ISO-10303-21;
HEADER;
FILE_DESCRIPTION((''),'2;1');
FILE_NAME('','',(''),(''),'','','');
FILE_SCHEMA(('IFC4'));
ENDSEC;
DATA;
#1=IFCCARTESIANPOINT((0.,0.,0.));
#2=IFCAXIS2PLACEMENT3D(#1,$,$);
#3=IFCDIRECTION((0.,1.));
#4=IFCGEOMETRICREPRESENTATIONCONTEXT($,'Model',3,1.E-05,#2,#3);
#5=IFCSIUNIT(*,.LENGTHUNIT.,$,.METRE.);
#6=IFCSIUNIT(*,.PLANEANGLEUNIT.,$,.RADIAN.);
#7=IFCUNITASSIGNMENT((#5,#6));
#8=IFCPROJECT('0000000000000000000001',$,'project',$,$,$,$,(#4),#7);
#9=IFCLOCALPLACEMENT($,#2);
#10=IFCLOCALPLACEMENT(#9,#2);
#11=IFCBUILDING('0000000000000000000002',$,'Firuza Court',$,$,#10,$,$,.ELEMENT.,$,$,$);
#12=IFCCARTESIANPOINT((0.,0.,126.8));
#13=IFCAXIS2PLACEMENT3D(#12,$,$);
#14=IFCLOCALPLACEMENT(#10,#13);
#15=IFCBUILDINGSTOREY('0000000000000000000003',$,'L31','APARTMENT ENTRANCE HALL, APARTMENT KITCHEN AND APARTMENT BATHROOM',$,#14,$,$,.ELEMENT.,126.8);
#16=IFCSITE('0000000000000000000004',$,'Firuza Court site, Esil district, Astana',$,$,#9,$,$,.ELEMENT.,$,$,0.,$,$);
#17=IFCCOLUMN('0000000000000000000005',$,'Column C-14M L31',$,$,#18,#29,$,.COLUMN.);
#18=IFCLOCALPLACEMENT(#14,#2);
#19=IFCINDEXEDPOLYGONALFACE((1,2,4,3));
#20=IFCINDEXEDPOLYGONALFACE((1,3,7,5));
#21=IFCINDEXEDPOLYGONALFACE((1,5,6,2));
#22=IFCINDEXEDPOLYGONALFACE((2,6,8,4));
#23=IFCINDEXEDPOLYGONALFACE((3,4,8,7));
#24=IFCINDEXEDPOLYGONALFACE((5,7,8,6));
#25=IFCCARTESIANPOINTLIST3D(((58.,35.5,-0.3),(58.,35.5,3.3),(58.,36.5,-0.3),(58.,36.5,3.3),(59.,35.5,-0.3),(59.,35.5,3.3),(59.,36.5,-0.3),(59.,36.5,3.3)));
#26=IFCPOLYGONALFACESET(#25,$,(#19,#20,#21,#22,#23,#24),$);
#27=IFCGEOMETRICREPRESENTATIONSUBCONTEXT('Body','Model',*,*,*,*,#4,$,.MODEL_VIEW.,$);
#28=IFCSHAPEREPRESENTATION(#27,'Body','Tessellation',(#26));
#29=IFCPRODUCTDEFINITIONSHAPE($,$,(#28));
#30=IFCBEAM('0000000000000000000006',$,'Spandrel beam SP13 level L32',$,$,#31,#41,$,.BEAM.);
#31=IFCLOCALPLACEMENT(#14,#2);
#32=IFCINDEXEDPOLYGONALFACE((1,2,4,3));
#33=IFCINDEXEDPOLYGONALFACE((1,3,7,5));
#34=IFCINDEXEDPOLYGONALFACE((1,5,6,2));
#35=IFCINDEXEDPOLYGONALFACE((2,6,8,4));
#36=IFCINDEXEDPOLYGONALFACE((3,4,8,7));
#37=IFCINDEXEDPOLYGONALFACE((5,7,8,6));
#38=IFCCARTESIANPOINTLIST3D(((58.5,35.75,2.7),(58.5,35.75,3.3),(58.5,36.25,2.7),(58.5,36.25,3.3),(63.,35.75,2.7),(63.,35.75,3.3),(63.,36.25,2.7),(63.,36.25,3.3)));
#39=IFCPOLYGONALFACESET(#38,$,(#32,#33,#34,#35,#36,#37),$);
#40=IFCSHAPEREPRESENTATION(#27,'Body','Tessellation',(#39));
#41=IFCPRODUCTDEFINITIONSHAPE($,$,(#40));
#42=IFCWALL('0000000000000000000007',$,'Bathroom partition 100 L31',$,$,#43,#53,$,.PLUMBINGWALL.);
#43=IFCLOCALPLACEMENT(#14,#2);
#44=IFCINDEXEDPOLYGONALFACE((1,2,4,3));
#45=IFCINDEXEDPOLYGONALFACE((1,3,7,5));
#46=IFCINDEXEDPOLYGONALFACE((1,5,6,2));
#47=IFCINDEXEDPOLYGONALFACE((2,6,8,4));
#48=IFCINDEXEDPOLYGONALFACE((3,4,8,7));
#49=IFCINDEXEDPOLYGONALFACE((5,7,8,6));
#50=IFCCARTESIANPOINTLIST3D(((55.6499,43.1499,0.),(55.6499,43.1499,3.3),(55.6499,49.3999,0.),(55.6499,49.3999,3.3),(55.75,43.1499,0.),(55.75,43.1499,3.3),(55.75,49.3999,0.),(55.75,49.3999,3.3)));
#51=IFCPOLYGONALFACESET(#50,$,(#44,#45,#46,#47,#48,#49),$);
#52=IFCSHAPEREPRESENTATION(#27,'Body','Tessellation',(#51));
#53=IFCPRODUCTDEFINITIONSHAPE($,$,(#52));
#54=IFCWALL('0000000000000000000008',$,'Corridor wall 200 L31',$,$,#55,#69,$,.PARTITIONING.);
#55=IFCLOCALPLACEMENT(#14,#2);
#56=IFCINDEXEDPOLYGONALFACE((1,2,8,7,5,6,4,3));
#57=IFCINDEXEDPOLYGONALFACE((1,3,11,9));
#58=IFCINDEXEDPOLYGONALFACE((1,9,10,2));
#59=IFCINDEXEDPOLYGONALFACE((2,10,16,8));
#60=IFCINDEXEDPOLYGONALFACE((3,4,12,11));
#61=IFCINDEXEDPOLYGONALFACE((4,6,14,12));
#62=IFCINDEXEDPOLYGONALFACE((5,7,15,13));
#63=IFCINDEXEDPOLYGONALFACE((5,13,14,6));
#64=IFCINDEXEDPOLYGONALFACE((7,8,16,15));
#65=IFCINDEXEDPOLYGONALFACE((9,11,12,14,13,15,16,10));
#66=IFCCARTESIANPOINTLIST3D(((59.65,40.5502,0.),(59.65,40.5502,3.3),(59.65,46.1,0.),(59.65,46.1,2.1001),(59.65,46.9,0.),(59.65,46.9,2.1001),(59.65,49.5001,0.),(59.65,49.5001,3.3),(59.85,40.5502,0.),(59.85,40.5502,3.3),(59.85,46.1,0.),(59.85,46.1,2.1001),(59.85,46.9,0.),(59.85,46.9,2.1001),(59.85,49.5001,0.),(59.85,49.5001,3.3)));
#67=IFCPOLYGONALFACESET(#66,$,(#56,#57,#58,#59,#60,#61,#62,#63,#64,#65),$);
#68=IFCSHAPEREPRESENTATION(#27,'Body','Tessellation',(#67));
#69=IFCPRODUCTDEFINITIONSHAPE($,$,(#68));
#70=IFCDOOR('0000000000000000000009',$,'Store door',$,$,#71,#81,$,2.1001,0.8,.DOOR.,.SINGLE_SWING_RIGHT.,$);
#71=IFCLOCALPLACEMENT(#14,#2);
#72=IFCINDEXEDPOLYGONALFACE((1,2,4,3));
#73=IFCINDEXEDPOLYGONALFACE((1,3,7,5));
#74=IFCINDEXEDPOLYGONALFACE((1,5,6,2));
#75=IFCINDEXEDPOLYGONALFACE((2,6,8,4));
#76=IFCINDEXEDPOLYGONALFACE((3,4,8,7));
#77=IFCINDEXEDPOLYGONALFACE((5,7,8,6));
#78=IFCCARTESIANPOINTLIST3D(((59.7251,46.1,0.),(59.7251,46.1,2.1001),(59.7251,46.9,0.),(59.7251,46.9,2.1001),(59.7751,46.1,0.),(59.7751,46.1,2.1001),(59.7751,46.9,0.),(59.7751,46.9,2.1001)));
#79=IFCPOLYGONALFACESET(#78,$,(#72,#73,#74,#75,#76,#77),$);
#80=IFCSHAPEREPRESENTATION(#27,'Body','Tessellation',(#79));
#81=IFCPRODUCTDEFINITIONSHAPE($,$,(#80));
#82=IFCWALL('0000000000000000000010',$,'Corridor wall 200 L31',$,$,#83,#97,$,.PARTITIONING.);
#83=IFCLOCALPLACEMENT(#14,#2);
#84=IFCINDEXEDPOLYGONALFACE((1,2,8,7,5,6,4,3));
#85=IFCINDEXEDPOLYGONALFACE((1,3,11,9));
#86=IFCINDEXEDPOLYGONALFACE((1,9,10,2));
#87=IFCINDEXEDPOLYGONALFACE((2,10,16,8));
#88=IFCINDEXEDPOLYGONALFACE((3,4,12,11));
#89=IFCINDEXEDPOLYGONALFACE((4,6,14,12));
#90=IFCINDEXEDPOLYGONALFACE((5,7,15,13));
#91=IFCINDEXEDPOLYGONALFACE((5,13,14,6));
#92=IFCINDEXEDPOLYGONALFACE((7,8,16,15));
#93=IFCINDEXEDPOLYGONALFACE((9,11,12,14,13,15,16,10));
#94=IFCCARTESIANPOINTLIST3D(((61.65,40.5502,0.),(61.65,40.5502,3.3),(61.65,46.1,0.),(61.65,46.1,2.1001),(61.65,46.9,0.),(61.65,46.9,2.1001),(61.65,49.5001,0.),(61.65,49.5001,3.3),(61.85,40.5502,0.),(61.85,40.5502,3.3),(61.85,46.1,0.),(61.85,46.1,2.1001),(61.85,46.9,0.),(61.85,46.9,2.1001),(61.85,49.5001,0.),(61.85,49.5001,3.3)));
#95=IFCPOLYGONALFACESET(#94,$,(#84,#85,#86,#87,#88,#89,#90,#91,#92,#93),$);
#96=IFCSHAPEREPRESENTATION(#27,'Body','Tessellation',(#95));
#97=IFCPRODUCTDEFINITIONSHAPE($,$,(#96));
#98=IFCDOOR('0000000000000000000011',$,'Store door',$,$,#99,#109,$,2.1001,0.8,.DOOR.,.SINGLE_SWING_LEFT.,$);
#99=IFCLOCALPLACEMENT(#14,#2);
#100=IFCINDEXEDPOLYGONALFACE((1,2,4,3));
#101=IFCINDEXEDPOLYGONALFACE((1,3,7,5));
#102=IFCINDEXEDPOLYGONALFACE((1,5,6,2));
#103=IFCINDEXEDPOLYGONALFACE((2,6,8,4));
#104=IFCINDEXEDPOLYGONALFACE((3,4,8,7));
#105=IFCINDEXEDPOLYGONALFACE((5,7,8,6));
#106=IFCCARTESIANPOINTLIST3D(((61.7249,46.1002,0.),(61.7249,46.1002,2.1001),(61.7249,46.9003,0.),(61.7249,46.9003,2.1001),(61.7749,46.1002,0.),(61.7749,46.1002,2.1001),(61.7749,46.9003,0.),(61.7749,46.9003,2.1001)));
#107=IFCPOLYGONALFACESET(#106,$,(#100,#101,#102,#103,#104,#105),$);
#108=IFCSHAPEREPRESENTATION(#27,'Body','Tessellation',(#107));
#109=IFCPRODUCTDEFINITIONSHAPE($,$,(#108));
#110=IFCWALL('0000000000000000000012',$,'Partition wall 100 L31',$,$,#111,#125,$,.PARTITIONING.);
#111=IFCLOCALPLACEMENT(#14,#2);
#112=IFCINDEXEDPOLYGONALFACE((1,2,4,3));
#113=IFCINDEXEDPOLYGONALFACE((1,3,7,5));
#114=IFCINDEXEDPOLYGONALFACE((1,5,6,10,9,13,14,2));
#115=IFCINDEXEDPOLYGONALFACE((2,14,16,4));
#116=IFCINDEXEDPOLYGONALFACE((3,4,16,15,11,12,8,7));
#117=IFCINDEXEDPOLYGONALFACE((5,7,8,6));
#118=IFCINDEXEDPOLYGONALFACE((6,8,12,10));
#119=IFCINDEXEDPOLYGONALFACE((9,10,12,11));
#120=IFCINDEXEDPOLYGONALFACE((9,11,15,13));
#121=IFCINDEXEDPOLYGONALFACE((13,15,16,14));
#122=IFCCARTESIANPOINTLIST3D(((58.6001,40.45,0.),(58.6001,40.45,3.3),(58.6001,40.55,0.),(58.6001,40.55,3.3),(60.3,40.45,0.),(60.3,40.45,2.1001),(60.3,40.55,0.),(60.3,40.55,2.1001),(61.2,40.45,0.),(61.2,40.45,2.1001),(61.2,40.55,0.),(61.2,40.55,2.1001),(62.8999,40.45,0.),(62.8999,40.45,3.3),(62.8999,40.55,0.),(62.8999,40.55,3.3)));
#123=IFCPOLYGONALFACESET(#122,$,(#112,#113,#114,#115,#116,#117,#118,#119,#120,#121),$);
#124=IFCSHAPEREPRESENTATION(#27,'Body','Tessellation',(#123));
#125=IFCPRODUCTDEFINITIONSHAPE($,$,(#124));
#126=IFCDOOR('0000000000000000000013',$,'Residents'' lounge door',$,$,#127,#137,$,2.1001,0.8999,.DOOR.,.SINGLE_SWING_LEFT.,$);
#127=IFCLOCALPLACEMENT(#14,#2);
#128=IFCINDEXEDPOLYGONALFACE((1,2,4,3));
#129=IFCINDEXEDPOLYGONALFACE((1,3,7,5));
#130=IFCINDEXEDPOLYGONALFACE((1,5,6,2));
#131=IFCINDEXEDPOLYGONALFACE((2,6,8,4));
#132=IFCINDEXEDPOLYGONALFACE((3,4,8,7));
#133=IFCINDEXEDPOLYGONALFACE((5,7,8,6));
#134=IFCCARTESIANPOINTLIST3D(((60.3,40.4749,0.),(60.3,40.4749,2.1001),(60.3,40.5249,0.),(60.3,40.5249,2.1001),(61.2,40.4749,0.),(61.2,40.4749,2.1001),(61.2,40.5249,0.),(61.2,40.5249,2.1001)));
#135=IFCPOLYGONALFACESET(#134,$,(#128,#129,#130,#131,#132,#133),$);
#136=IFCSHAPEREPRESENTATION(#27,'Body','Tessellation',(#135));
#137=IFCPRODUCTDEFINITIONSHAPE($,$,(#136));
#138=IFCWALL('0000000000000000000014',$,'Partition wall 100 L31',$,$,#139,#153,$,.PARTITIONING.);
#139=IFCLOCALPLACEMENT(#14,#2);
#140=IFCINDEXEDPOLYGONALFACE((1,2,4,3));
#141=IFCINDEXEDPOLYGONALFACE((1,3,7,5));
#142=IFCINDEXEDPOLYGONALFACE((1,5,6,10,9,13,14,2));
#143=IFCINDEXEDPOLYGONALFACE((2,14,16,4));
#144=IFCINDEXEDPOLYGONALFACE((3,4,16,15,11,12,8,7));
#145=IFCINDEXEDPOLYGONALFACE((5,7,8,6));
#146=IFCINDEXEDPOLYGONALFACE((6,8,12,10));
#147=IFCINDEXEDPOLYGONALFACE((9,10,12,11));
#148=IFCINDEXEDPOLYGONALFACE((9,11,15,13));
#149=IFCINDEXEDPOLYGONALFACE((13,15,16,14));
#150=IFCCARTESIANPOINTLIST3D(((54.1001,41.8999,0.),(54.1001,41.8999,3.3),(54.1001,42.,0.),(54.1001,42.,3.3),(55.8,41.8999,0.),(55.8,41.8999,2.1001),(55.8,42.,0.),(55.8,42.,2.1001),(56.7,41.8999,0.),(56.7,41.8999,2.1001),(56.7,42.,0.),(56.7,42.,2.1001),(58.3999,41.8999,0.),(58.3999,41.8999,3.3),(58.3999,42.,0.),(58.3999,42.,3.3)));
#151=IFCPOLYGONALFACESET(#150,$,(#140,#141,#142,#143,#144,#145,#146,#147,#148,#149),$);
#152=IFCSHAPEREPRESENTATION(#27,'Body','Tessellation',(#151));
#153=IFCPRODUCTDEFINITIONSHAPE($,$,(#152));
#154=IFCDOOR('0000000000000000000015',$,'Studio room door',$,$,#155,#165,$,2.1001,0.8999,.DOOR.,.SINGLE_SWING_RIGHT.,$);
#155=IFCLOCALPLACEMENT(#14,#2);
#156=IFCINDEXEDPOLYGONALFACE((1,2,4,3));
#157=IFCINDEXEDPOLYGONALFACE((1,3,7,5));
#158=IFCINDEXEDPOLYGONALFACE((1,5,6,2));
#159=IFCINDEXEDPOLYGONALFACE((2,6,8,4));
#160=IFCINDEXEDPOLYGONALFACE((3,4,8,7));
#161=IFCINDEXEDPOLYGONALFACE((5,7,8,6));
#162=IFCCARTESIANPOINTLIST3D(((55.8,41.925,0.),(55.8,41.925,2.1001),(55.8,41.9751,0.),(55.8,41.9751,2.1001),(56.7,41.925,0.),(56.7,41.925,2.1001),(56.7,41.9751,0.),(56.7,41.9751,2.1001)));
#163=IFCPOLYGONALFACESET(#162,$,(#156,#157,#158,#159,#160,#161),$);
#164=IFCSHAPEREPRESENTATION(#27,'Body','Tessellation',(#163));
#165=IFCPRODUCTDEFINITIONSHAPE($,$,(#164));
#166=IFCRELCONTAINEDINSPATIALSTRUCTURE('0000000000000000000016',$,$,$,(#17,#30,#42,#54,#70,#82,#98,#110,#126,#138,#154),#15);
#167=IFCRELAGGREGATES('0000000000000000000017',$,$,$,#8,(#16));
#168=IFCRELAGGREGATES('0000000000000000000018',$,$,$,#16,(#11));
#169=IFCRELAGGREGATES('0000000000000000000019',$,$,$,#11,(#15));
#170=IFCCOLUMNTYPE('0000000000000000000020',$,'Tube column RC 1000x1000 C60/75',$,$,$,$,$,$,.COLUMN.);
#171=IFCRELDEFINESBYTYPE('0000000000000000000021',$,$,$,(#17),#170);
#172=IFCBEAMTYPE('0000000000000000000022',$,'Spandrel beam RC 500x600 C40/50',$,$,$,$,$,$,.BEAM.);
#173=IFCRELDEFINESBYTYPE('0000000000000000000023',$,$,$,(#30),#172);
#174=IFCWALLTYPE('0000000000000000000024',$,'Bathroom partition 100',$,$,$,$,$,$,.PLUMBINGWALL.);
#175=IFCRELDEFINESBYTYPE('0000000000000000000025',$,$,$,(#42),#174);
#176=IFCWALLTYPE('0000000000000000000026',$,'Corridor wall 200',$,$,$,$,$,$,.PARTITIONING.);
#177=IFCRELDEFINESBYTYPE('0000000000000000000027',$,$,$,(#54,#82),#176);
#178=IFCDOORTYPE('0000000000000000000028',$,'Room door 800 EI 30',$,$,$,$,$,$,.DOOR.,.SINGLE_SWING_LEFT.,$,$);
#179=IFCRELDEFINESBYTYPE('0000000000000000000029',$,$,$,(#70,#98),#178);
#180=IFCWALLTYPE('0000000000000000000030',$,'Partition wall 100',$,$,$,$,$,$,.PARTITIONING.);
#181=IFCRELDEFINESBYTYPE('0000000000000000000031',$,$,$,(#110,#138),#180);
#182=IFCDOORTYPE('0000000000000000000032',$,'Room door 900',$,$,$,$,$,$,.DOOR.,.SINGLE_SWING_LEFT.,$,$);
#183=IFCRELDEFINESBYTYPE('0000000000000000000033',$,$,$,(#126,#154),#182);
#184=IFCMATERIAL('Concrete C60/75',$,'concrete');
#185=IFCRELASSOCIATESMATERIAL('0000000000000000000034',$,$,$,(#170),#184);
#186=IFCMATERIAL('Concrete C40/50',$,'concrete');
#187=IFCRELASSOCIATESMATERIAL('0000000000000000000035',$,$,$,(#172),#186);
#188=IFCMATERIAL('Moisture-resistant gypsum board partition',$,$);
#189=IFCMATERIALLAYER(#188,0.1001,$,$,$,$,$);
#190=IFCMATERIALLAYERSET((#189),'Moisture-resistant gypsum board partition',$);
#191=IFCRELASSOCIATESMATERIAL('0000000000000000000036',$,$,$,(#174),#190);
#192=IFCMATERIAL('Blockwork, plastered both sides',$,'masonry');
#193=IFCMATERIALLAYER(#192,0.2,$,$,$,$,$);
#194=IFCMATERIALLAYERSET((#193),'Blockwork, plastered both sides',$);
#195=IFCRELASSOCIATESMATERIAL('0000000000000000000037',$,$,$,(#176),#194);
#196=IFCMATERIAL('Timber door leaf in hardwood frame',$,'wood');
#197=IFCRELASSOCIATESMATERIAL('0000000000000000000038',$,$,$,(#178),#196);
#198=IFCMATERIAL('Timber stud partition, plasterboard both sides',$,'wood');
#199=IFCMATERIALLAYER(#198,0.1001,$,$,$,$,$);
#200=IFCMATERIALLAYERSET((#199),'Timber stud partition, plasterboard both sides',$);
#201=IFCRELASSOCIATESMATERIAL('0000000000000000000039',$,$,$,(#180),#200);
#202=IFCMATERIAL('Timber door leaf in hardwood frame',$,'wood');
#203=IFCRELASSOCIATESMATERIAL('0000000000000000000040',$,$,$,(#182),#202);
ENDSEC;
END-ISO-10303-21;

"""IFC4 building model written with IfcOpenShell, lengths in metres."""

from ifc_helpers import new_model, si_unit, direction, frame, frame_2d, origin, origin_2d, place, context, subcontext, project, spatial, rectangle, extrude, material, layer, layer_set, material_profile, profile_set, type_object, element, fill, save


model = new_model("IFC4")

# Units and contexts
model_context = context("Model", 3, precision=1e-05, world=origin(), true_north=direction((0.0, 1.0)))
body_context = subcontext(model_context, "Body", "Model", "MODEL_VIEW")
ifc_project = project(units=[si_unit("LENGTHUNIT", "METRE"), si_unit("PLANEANGLEUNIT", "RADIAN")], contexts=[model_context])

# Site, building, storey
site_placement = place(None, origin())
site = spatial("IfcSite", under=ifc_project, at=site_placement, Name="Firuza Court site, Esil district, Astana", CompositionType="ELEMENT", RefElevation=0.0)
building_placement = place(site_placement, origin())
building = spatial("IfcBuilding", under=site, at=building_placement, Name="Firuza Court", CompositionType="ELEMENT")
storey_placement = place(building_placement, frame((0.0, 0.0, 126.8)))
storey = spatial("IfcBuildingStorey", under=building, at=storey_placement, Name="L31", Description="APARTMENT ENTRANCE HALL, APARTMENT KITCHEN AND APARTMENT BATHROOM", CompositionType="ELEMENT", Elevation=126.8)

# Column
ifc_material_1 = material(Name="Concrete C60/75", Category="concrete")
ifc_material_profile_1 = material_profile(ifc_material_1, rectangle(XDim=1.0, YDim=1.0, at=origin_2d()), Name="RC 1000x1000")
ifc_profile_set_1 = profile_set([ifc_material_profile_1], Name="Concrete C60/75")
column_type = type_object("IfcColumnType", Name="Tube column RC 1000x1000 C60/75", PredefinedType="COLUMN", material=ifc_profile_set_1)
column_placement = place(storey_placement, frame((58.5, 36.0, -0.3), z_axis=(0.0, 0.0, 1.0), x_axis=(1.0, 0.0, 0.0)))
element("IfcColumn", 1, at=column_placement, inside=storey, type_object=column_type, Name="Column C-14M L31", PredefinedType="COLUMN", context=body_context, shape_type="SweptSolid", body=[
    extrude(rectangle(XDim=1.0, YDim=1.0, at=origin_2d()), origin(), (0.0, 0.0, 1.0), 3.6001),
])

# Beam
ifc_material_2 = material(Name="Concrete C40/50", Category="concrete")
ifc_material_profile_2 = material_profile(ifc_material_2, rectangle(XDim=0.5, YDim=0.6001, at=origin_2d()), Name="RC 500x600")
ifc_profile_set_2 = profile_set([ifc_material_profile_2], Name="Concrete C40/50")
beam_type = type_object("IfcBeamType", Name="Spandrel beam RC 500x600 C40/50", PredefinedType="BEAM", material=ifc_profile_set_2)
beam_placement = place(storey_placement, frame((58.5, 36.0, 3.0), z_axis=(1.0, 0.0, 0.0), x_axis=(0.0, 1.0, 0.0)))
element("IfcBeam", 2, at=beam_placement, inside=storey, type_object=beam_type, Name="Spandrel beam SP13 level L32", PredefinedType="BEAM", context=body_context, shape_type="SweptSolid", body=[
    extrude(rectangle(XDim=0.5, YDim=0.6001, at=origin_2d()), origin(), (0.0, 0.0, 1.0), 4.5),
])

# Wall
ifc_material_3 = material(Name="Moisture-resistant gypsum board partition")
ifc_layer_1 = layer(ifc_material_3, 0.1001)
ifc_layer_set_1 = layer_set([ifc_layer_1], Name="Moisture-resistant gypsum board partition")
wall_type_1 = type_object("IfcWallType", Name="Bathroom partition 100", PredefinedType="PLUMBINGWALL", material=ifc_layer_set_1)
wall_1_placement = place(storey_placement, frame((55.7, 43.1499, 0.0), z_axis=(0.0, 0.0, 1.0), x_axis=(0.0, 1.0, 0.0)))
element("IfcWall", 3, at=wall_1_placement, inside=storey, type_object=wall_type_1, Name="Bathroom partition 100 L31", PredefinedType="PLUMBINGWALL", context=body_context, shape_type="SweptSolid", body=[
    extrude(rectangle(XDim=6.25, YDim=0.1001, at=frame_2d((3.125, 0.0))), origin(), (0.0, 0.0, 1.0), 3.3),
])

# Walls, openings, doors
ifc_material_4 = material(Name="Blockwork, plastered both sides", Category="masonry")
ifc_layer_2 = layer(ifc_material_4, 0.2)
ifc_layer_set_2 = layer_set([ifc_layer_2], Name="Blockwork, plastered both sides")
wall_type_2 = type_object("IfcWallType", Name="Corridor wall 200", PredefinedType="PARTITIONING", material=ifc_layer_set_2)
wall_2_placement = place(storey_placement, frame((59.75, 40.55, 0.0), z_axis=(0.0, 0.0, 1.0), x_axis=(0.0, 1.0, 0.0)))
wall_2 = element("IfcWall", 4, at=wall_2_placement, inside=storey, type_object=wall_type_2, Name="Corridor wall 200 L31", PredefinedType="PARTITIONING", context=body_context, shape_type="SweptSolid", body=[
    extrude(rectangle(XDim=8.95, YDim=0.2, at=frame_2d((4.4751, 0.0))), origin(), (0.0, 0.0, 1.0), 3.3),
])
opening_1_placement = place(wall_2_placement, frame((5.55, 0.0, 0.0)))
opening_1 = element("IfcOpeningElement", 5, at=opening_1_placement, cuts=wall_2, PredefinedType="OPENING", context=body_context, shape_type="SweptSolid", body=[
    extrude(rectangle(XDim=0.8, YDim=2.1001, at=frame_2d((0.3999, 1.05))), frame((0.0, 0.1118, 0.0), z_axis=(0.0, -1.0, 0.0), x_axis=(1.0, 0.0, 0.0)), (0.0, 0.0, 1.0), 0.2239),
])
ifc_material_5 = material(Name="Timber door leaf in hardwood frame", Category="wood")
door_type_1 = type_object("IfcDoorType", Name="Room door 800 EI 30", OperationType="SINGLE_SWING_LEFT", PredefinedType="DOOR", material=ifc_material_5)
door_1_placement = place(opening_1_placement, origin())
door_1 = element("IfcDoor", 6, at=door_1_placement, inside=storey, type_object=door_type_1, Name="Store door", OperationType="SINGLE_SWING_RIGHT", OverallHeight=2.1001, OverallWidth=0.8, PredefinedType="DOOR", context=body_context, shape_type="SweptSolid", body=[
    extrude(rectangle(XDim=0.8, YDim=2.1001, at=frame_2d((0.3999, 1.05))), frame((0.0, 0.0249, 0.0), z_axis=(0.0, -1.0, 0.0), x_axis=(1.0, 0.0, 0.0)), (0.0, 0.0, 1.0), 0.05),
])
fill(opening_1, door_1)
wall_3_placement = place(storey_placement, frame((61.75, 40.55, 0.0), z_axis=(0.0, 0.0, 1.0), x_axis=(0.0, 1.0, 0.0)))
wall_3 = element("IfcWall", 7, at=wall_3_placement, inside=storey, type_object=wall_type_2, Name="Corridor wall 200 L31", PredefinedType="PARTITIONING", context=body_context, shape_type="SweptSolid", body=[
    extrude(rectangle(XDim=8.95, YDim=0.2, at=frame_2d((4.4751, 0.0))), origin(), (0.0, 0.0, 1.0), 3.3),
])
opening_2_placement = place(wall_3_placement, frame((5.55, 0.0, 0.0)))
opening_2 = element("IfcOpeningElement", 8, at=opening_2_placement, cuts=wall_3, PredefinedType="OPENING", context=body_context, shape_type="SweptSolid", body=[
    extrude(rectangle(XDim=0.8, YDim=2.1001, at=frame_2d((0.3999, 1.05))), frame((0.0, 0.1118, 0.0), z_axis=(0.0, -1.0, 0.0), x_axis=(1.0, 0.0, 0.0)), (0.0, 0.0, 1.0), 0.2239),
])
door_2_placement = place(opening_2_placement, frame((0.8, 0.0, 0.0), z_axis=(0.0, 0.0, 1.0), x_axis=(-1.0, 0.0, 0.0)))
door_2 = element("IfcDoor", 9, at=door_2_placement, inside=storey, type_object=door_type_1, Name="Store door", OperationType="SINGLE_SWING_LEFT", OverallHeight=2.1001, OverallWidth=0.8, PredefinedType="DOOR", context=body_context, shape_type="SweptSolid", body=[
    extrude(rectangle(XDim=0.8, YDim=2.1001, at=frame_2d((0.3999, 1.05))), frame((0.0, 0.0249, 0.0), z_axis=(0.0, -1.0, 0.0), x_axis=(1.0, 0.0, 0.0)), (0.0, 0.0, 1.0), 0.05),
])
fill(opening_2, door_2)
ifc_material_6 = material(Name="Timber stud partition, plasterboard both sides", Category="wood")
ifc_layer_3 = layer(ifc_material_6, 0.1001)
ifc_layer_set_3 = layer_set([ifc_layer_3], Name="Timber stud partition, plasterboard both sides")
wall_type_3 = type_object("IfcWallType", Name="Partition wall 100", PredefinedType="PARTITIONING", material=ifc_layer_set_3)
wall_4_placement = place(storey_placement, frame((58.6001, 40.5, 0.0), z_axis=(0.0, 0.0, 1.0), x_axis=(1.0, 0.0, 0.0)))
wall_4 = element("IfcWall", 10, at=wall_4_placement, inside=storey, type_object=wall_type_3, Name="Partition wall 100 L31", PredefinedType="PARTITIONING", context=body_context, shape_type="SweptSolid", body=[
    extrude(rectangle(XDim=4.2998, YDim=0.1001, at=frame_2d((2.1499, 0.0))), origin(), (0.0, 0.0, 1.0), 3.3),
])
opening_3_placement = place(wall_4_placement, frame((1.7, 0.0, 0.0)))
opening_3 = element("IfcOpeningElement", 11, at=opening_3_placement, cuts=wall_4, PredefinedType="OPENING", context=body_context, shape_type="SweptSolid", body=[
    extrude(rectangle(XDim=0.8999, YDim=2.1001, at=frame_2d((0.45, 1.05))), frame((0.0, 0.062, 0.0), z_axis=(0.0, -1.0, 0.0), x_axis=(1.0, 0.0, 0.0)), (0.0, 0.0, 1.0), 0.124),
])
ifc_material_7 = material(Name="Timber door leaf in hardwood frame", Category="wood")
door_type_2 = type_object("IfcDoorType", Name="Room door 900", OperationType="SINGLE_SWING_LEFT", PredefinedType="DOOR", material=ifc_material_7)
door_3_placement = place(opening_3_placement, origin())
door_3 = element("IfcDoor", 12, at=door_3_placement, inside=storey, type_object=door_type_2, Name="Residents' lounge door", OperationType="SINGLE_SWING_LEFT", OverallHeight=2.1001, OverallWidth=0.8999, PredefinedType="DOOR", context=body_context, shape_type="SweptSolid", body=[
    extrude(rectangle(XDim=0.8999, YDim=2.1001, at=frame_2d((0.45, 1.05))), frame((0.0, 0.0249, 0.0), z_axis=(0.0, -1.0, 0.0), x_axis=(1.0, 0.0, 0.0)), (0.0, 0.0, 1.0), 0.05),
])
fill(opening_3, door_3)
wall_5_placement = place(storey_placement, frame((54.1001, 41.95, 0.0), z_axis=(0.0, 0.0, 1.0), x_axis=(1.0, 0.0, 0.0)))
wall_5 = element("IfcWall", 13, at=wall_5_placement, inside=storey, type_object=wall_type_3, Name="Partition wall 100 L31", PredefinedType="PARTITIONING", context=body_context, shape_type="SweptSolid", body=[
    extrude(rectangle(XDim=4.2998, YDim=0.1001, at=frame_2d((2.1499, 0.0))), origin(), (0.0, 0.0, 1.0), 3.3),
])
opening_4_placement = place(wall_5_placement, frame((1.7, 0.0, 0.0)))
opening_4 = element("IfcOpeningElement", 14, at=opening_4_placement, cuts=wall_5, PredefinedType="OPENING", context=body_context, shape_type="SweptSolid", body=[
    extrude(rectangle(XDim=0.8999, YDim=2.1001, at=frame_2d((0.45, 1.05))), frame((0.0, 0.062, 0.0), z_axis=(0.0, -1.0, 0.0), x_axis=(1.0, 0.0, 0.0)), (0.0, 0.0, 1.0), 0.124),
])
door_4_placement = place(opening_4_placement, frame((0.8999, 0.0, 0.0), z_axis=(0.0, 0.0, 1.0), x_axis=(-1.0, 0.0, 0.0)))
door_4 = element("IfcDoor", 15, at=door_4_placement, inside=storey, type_object=door_type_2, Name="Studio room door", OperationType="SINGLE_SWING_RIGHT", OverallHeight=2.1001, OverallWidth=0.8999, PredefinedType="DOOR", context=body_context, shape_type="SweptSolid", body=[
    extrude(rectangle(XDim=0.8999, YDim=2.1001, at=frame_2d((0.45, 1.05))), frame((0.0, 0.0249, 0.0), z_axis=(0.0, -1.0, 0.0), x_axis=(1.0, 0.0, 0.0)), (0.0, 0.0, 1.0), 0.05),
])
fill(opening_4, door_4)

save(model, "model.ifc")
